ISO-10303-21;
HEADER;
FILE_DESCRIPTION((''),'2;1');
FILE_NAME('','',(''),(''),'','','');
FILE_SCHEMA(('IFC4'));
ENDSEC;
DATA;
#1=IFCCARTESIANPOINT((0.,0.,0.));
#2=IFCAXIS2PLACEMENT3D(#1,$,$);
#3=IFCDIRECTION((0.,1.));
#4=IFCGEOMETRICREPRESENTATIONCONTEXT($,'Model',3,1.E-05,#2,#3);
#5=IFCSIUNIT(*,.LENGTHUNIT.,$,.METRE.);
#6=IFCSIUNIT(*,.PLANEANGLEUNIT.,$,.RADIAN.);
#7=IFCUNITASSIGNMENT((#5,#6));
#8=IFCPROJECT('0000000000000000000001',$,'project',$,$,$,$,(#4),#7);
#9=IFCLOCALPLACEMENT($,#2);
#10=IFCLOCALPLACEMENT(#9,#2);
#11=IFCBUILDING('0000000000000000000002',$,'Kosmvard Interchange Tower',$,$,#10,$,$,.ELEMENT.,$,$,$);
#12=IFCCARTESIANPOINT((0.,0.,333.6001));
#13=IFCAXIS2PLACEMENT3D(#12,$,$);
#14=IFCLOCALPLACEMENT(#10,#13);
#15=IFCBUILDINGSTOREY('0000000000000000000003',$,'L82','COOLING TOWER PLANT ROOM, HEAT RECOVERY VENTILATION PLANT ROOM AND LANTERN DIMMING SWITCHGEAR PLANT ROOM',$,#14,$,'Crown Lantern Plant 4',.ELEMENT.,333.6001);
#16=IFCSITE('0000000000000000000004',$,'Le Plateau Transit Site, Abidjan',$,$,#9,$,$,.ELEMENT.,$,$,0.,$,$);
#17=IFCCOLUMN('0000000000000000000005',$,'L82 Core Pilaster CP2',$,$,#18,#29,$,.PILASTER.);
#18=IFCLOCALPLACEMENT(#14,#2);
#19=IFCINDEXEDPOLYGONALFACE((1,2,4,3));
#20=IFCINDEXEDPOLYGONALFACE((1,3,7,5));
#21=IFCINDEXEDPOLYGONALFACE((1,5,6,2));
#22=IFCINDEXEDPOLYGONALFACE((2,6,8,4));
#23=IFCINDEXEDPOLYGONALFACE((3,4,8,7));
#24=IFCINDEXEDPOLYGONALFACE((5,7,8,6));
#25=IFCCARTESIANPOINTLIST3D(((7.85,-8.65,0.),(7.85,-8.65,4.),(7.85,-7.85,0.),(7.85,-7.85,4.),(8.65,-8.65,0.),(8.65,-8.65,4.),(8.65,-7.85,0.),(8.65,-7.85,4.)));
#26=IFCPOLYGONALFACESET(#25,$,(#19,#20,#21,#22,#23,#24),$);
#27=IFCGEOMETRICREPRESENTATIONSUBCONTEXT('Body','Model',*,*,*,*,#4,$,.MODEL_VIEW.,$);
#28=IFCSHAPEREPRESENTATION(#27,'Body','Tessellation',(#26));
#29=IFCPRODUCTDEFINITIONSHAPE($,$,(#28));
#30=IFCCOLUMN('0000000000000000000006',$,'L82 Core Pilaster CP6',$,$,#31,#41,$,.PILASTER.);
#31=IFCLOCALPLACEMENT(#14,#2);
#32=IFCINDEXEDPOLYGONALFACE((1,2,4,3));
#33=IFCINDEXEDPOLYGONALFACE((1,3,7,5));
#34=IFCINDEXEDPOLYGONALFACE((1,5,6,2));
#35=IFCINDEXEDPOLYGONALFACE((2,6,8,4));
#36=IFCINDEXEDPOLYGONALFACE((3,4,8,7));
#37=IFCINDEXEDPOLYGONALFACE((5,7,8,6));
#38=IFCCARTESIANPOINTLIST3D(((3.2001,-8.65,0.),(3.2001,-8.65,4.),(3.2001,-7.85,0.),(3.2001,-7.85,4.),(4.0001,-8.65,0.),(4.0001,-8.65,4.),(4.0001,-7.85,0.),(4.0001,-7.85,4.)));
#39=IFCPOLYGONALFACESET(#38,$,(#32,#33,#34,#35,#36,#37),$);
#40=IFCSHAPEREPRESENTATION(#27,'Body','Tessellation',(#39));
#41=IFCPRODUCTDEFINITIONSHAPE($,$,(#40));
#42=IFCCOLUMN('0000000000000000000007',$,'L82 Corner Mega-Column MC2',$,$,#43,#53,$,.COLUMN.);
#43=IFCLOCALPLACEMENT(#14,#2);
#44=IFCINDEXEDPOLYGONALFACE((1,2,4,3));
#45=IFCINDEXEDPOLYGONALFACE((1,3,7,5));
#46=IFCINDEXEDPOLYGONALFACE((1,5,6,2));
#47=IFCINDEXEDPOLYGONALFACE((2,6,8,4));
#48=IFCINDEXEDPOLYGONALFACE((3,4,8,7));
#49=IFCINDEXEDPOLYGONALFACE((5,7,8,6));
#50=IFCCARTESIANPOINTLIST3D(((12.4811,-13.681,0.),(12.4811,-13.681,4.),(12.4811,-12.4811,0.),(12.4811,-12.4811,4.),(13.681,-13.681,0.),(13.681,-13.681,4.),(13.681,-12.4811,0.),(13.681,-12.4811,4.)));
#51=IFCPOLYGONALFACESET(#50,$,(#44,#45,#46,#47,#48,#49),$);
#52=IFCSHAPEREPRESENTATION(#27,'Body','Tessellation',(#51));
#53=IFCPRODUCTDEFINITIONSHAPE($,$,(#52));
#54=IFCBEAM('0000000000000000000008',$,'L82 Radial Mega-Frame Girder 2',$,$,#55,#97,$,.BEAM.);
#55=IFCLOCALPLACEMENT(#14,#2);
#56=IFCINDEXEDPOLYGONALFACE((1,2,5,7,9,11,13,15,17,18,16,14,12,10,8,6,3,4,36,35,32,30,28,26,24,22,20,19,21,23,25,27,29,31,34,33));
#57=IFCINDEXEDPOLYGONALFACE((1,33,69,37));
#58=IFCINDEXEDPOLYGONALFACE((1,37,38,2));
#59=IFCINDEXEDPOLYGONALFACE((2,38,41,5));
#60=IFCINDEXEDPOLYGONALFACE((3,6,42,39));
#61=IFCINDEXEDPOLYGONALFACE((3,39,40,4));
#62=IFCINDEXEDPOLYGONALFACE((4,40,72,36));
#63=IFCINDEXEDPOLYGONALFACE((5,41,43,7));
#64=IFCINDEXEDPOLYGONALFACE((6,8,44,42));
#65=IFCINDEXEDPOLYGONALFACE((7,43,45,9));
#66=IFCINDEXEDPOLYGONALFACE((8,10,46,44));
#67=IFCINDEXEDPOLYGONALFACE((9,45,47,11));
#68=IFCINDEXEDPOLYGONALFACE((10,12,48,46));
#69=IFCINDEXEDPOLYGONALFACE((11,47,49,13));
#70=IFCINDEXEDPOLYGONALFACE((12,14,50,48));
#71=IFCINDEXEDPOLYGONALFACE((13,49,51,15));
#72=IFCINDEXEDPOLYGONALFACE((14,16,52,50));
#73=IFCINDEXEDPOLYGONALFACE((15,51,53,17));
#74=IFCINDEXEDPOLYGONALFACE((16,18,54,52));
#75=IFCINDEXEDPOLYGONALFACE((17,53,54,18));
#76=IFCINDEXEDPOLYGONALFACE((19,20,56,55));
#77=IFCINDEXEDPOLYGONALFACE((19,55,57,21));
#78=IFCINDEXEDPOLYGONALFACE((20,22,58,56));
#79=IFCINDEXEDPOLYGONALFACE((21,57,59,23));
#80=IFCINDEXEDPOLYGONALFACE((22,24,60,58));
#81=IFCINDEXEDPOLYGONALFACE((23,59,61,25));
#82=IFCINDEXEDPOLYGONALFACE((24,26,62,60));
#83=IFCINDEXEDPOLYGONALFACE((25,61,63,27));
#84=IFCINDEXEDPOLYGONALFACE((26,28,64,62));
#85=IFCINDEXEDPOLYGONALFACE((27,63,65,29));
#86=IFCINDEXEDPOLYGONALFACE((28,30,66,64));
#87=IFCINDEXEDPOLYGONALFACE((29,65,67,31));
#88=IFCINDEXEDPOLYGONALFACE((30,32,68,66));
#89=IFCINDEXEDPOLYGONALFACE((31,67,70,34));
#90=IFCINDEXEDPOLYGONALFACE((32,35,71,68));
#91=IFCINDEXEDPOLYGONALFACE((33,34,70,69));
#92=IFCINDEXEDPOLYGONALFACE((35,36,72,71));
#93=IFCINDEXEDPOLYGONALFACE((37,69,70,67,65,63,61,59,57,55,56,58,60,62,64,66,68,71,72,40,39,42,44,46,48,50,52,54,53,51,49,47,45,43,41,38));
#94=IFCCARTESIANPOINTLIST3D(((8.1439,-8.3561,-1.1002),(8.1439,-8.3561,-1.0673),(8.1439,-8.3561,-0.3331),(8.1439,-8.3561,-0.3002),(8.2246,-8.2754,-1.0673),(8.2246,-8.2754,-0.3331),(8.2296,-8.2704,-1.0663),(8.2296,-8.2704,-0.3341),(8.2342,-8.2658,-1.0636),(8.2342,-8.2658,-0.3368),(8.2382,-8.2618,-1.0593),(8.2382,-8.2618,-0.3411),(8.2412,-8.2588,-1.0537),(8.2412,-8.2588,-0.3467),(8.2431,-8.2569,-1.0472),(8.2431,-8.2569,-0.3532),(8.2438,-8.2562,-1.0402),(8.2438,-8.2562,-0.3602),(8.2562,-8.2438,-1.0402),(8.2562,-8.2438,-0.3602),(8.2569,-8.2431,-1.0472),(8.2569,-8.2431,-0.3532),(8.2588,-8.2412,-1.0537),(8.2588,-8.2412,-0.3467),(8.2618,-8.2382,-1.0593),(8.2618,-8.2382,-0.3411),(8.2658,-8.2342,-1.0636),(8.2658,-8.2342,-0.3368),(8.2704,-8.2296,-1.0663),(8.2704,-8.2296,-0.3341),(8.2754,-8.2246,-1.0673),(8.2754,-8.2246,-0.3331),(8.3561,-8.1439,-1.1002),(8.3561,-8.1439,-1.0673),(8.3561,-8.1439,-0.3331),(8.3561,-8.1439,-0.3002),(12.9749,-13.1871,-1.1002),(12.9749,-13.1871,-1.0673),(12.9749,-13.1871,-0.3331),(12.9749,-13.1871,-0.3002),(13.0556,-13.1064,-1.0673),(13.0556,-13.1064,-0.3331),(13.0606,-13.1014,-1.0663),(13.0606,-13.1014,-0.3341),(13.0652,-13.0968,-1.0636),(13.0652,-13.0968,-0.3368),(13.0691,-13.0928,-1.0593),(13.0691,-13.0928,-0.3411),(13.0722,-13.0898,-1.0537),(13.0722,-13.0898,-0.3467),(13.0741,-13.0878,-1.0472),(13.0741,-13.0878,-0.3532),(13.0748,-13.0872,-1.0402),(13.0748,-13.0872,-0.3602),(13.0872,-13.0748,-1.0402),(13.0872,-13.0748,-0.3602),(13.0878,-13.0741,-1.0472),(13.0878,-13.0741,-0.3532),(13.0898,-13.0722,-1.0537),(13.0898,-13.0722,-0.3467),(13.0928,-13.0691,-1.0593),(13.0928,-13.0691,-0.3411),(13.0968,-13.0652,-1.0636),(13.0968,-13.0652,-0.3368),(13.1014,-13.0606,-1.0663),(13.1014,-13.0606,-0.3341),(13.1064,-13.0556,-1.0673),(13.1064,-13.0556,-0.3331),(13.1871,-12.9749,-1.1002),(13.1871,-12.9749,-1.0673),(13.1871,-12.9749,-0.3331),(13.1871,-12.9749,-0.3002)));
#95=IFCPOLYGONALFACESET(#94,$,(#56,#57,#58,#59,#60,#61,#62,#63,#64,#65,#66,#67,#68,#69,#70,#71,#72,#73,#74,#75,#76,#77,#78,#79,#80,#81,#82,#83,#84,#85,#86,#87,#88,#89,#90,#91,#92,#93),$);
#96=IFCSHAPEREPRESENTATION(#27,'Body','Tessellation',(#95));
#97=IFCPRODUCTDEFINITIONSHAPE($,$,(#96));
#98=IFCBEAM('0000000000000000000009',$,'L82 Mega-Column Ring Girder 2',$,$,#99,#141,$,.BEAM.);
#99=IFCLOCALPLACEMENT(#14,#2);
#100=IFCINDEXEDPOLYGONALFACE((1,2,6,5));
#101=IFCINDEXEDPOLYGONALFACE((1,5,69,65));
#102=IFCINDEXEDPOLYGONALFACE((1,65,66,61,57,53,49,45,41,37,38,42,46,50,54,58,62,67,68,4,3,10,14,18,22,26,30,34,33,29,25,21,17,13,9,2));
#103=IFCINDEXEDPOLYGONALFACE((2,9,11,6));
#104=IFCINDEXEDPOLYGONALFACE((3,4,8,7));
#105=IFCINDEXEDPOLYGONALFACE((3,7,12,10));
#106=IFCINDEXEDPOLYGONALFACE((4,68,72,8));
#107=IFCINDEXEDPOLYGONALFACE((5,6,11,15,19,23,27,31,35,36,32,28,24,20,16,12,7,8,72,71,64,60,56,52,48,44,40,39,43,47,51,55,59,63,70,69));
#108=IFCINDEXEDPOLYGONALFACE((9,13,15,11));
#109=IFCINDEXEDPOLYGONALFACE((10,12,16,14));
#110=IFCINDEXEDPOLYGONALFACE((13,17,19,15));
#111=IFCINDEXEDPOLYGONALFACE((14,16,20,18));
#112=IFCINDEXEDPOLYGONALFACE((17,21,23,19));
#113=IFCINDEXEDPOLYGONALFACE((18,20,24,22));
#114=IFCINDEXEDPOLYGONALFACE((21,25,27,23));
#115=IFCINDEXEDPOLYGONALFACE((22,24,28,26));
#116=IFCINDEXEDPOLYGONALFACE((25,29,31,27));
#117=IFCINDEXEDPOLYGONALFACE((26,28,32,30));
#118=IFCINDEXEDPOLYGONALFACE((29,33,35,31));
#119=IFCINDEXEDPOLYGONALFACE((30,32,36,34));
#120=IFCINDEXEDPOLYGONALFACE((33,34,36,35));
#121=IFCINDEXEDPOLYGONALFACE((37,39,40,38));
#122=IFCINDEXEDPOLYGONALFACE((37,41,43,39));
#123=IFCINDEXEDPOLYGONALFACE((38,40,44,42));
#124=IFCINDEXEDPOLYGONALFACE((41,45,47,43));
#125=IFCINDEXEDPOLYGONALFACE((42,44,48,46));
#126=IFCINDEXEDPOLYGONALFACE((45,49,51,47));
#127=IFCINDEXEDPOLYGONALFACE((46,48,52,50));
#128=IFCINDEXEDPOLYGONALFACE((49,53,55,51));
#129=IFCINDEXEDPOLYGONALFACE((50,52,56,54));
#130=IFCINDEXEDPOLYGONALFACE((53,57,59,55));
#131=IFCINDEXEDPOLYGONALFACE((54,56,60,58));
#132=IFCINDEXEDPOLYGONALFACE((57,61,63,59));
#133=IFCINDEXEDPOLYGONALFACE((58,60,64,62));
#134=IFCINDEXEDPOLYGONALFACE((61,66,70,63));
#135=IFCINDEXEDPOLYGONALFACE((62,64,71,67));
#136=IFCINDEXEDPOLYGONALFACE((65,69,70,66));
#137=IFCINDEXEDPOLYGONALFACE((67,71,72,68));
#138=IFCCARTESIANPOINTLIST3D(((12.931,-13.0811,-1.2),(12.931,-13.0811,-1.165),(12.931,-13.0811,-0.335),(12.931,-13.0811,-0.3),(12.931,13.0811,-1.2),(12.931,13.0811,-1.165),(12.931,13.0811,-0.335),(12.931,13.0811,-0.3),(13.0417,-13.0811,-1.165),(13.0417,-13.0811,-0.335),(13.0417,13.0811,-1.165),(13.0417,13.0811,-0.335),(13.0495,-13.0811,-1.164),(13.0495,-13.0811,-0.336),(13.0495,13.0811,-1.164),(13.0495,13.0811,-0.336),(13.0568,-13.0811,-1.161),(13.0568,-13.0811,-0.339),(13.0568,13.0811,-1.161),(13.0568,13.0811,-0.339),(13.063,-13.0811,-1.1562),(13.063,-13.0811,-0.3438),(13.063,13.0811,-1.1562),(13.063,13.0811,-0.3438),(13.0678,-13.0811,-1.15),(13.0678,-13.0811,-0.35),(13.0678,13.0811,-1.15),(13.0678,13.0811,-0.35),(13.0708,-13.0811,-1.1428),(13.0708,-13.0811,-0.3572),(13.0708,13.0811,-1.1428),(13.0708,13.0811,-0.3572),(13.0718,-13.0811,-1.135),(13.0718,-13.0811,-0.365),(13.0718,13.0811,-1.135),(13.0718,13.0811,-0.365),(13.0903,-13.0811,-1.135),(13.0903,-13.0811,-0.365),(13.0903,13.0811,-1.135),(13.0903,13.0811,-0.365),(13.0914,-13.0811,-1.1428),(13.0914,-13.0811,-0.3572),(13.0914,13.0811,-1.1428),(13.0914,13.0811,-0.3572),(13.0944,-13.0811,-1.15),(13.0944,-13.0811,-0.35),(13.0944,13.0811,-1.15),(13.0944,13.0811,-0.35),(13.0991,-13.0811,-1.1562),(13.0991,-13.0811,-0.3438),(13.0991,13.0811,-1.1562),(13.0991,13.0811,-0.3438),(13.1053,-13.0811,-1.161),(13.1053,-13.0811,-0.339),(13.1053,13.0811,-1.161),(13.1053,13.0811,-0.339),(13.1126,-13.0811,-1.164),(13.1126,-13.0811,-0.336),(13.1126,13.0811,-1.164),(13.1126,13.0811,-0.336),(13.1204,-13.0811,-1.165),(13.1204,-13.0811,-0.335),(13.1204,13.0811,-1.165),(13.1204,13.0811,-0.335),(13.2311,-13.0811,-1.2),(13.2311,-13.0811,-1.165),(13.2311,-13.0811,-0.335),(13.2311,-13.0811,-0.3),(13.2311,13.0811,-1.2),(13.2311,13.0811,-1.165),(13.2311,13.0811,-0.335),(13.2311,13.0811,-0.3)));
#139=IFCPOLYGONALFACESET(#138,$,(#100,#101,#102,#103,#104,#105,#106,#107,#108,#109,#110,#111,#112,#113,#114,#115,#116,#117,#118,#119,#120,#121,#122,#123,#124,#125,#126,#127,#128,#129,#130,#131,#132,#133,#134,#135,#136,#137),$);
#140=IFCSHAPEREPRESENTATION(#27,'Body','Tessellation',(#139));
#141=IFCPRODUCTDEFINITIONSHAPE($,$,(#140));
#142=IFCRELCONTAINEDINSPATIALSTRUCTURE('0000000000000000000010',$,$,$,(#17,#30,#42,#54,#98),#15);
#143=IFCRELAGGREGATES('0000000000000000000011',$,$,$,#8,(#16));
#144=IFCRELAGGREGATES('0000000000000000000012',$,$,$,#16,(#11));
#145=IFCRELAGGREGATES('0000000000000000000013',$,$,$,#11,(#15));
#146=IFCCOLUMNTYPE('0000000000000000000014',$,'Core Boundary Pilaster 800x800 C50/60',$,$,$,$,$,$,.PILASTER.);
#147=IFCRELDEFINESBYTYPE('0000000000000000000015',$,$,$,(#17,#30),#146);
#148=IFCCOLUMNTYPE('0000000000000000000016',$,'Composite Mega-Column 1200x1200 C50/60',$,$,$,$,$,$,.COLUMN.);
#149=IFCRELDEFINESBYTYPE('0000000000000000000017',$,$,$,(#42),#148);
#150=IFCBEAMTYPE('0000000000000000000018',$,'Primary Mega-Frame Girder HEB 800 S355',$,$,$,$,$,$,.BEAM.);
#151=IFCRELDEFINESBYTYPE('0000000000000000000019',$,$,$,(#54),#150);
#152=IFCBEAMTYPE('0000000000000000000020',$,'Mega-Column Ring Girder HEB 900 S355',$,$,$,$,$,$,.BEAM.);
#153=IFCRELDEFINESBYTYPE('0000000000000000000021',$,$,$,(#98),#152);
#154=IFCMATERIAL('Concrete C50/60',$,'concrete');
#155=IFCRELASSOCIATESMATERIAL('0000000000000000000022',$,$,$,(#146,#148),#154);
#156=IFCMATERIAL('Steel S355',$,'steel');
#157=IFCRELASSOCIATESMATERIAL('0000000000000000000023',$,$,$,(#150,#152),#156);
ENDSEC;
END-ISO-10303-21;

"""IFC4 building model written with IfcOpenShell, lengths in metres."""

from ifc_helpers import new_model, si_unit, direction, frame, origin, origin_2d, place, context, subcontext, project, spatial, rectangle, i_section, extrude, source, transform, mapped, material, material_profile, profile_set, type_object, element, save


model = new_model("IFC4")

# Units and contexts
model_context = context("Model", 3, precision=1e-05, world=origin(), true_north=direction((0.0, 1.0)))
body_context = subcontext(model_context, "Body", "Model", "MODEL_VIEW")
ifc_project = project(units=[si_unit("LENGTHUNIT", "METRE"), si_unit("PLANEANGLEUNIT", "RADIAN")], contexts=[model_context])

# Site, building, storey
site_placement = place(None, origin())
site = spatial("IfcSite", under=ifc_project, at=site_placement, Name="Le Plateau Transit Site, Abidjan", CompositionType="ELEMENT", RefElevation=0.0)
building_placement = place(site_placement, origin())
building = spatial("IfcBuilding", under=site, at=building_placement, Name="Kosmvard Interchange Tower", CompositionType="ELEMENT")
storey_placement = place(building_placement, frame((0.0, 0.0, 333.6001)))
storey = spatial("IfcBuildingStorey", under=building, at=storey_placement, Name="L82", Description="COOLING TOWER PLANT ROOM, HEAT RECOVERY VENTILATION PLANT ROOM AND LANTERN DIMMING SWITCHGEAR PLANT ROOM", LongName="Crown Lantern Plant 4", CompositionType="ELEMENT", Elevation=333.6001)

# Columns
ifc_material_1 = material(Name="Concrete C50/60", Category="concrete")
ifc_material_profile_1 = material_profile(ifc_material_1, rectangle(XDim=0.8, YDim=0.8, at=origin_2d()), Name="CP 800x800")
ifc_profile_set_1 = profile_set([ifc_material_profile_1], Name="Concrete C50/60")
column_type_1 = type_object("IfcColumnType", Name="Core Boundary Pilaster 800x800 C50/60", PredefinedType="PILASTER", material=ifc_profile_set_1)
shared_shape_1 = source(origin(), body_context, "Body", "SweptSolid", [
    extrude(rectangle(XDim=0.8, YDim=0.8, at=origin_2d()), origin(), (0.0, 0.0, 1.0), 4.0),
])
for number, where, z_axis, x_axis, name in (
    (1, (8.25, -8.25, 0.0), (0.0, 0.0, 1.0), (1.0, 0.0, 0.0), "L82 Core Pilaster CP2"),
    (2, (3.6001, -8.25, 0.0), (0.0, 0.0, 1.0), (1.0, 0.0, 0.0), "L82 Core Pilaster CP6"),
):
    element("IfcColumn", number, at=place(storey_placement, frame(where, z_axis=z_axis, x_axis=x_axis)), inside=storey, type_object=column_type_1, Name=name, PredefinedType="PILASTER", context=body_context, shape_type="MappedRepresentation", body=[
        mapped(shared_shape_1, transform((0.0, 0.0, 0.0), scale=1.0)),
    ])
ifc_material_profile_2 = material_profile(ifc_material_1, rectangle(XDim=1.2, YDim=1.2, at=origin_2d()), Name="MC 1200x1200")
ifc_profile_set_2 = profile_set([ifc_material_profile_2], Name="Concrete C50/60")
column_type_2 = type_object("IfcColumnType", Name="Composite Mega-Column 1200x1200 C50/60", PredefinedType="COLUMN", material=ifc_profile_set_2)
shared_shape_2 = source(origin(), body_context, "Body", "SweptSolid", [
    extrude(rectangle(XDim=1.2, YDim=1.2, at=origin_2d()), origin(), (0.0, 0.0, 1.0), 4.0),
])
column_placement = place(storey_placement, frame((13.0811, -13.0811, 0.0), z_axis=(0.0, 0.0, 1.0), x_axis=(1.0, 0.0, 0.0)))
element("IfcColumn", 3, at=column_placement, inside=storey, type_object=column_type_2, Name="L82 Corner Mega-Column MC2", PredefinedType="COLUMN", context=body_context, shape_type="MappedRepresentation", body=[
    mapped(shared_shape_2, transform((0.0, 0.0, 0.0), scale=1.0)),
])

# Beams
ifc_material_2 = material(Name="Steel S355", Category="steel")
ifc_material_profile_3 = material_profile(ifc_material_2, i_section(OverallWidth=0.3, OverallDepth=0.8, WebThickness=0.0176, FlangeThickness=0.033, FilletRadius=0.0271, at=origin_2d()), Name="HEB 800")
ifc_profile_set_3 = profile_set([ifc_material_profile_3], Name="Steel S355")
beam_type_1 = type_object("IfcBeamType", Name="Primary Mega-Frame Girder HEB 800 S355", PredefinedType="BEAM", material=ifc_profile_set_3)
shared_shape_3 = source(origin(), body_context, "Body", "SweptSolid", [
    extrude(i_section(OverallWidth=0.3, OverallDepth=0.8, WebThickness=0.0176, FlangeThickness=0.033, FilletRadius=0.0271, at=origin_2d()), origin(), (0.0, 0.0, 1.0), 6.832),
])
beam_1_placement = place(storey_placement, frame((8.25, -8.25, -0.7002), z_axis=(0.707107, -0.707107, 0.0), x_axis=(0.707107, 0.707107, 0.0)))
element("IfcBeam", 4, at=beam_1_placement, inside=storey, type_object=beam_type_1, Name="L82 Radial Mega-Frame Girder 2", PredefinedType="BEAM", context=body_context, shape_type="MappedRepresentation", body=[
    mapped(shared_shape_3, transform((0.0, 0.0, 0.0), scale=1.0)),
])
ifc_material_profile_4 = material_profile(ifc_material_2, i_section(OverallWidth=0.3, OverallDepth=0.8999, WebThickness=0.0186, FlangeThickness=0.0349, FilletRadius=0.03, at=origin_2d()), Name="HEB 900")
ifc_profile_set_4 = profile_set([ifc_material_profile_4], Name="Steel S355")
beam_type_2 = type_object("IfcBeamType", Name="Mega-Column Ring Girder HEB 900 S355", PredefinedType="BEAM", material=ifc_profile_set_4)
shared_shape_4 = source(origin(), body_context, "Body", "SweptSolid", [
    extrude(i_section(OverallWidth=0.3, OverallDepth=0.8999, WebThickness=0.0186, FlangeThickness=0.0349, FilletRadius=0.03, at=origin_2d()), origin(), (0.0, 0.0, 1.0), 26.1621),
])
beam_2_placement = place(storey_placement, frame((13.0811, -13.0811, -0.75), z_axis=(0.0, 1.0, 0.0), x_axis=(-1.0, 0.0, 0.0)))
element("IfcBeam", 5, at=beam_2_placement, inside=storey, type_object=beam_type_2, Name="L82 Mega-Column Ring Girder 2", PredefinedType="BEAM", context=body_context, shape_type="MappedRepresentation", body=[
    mapped(shared_shape_4, transform((0.0, 0.0, 0.0), scale=1.0)),
])

save(model, "model.ifc")
